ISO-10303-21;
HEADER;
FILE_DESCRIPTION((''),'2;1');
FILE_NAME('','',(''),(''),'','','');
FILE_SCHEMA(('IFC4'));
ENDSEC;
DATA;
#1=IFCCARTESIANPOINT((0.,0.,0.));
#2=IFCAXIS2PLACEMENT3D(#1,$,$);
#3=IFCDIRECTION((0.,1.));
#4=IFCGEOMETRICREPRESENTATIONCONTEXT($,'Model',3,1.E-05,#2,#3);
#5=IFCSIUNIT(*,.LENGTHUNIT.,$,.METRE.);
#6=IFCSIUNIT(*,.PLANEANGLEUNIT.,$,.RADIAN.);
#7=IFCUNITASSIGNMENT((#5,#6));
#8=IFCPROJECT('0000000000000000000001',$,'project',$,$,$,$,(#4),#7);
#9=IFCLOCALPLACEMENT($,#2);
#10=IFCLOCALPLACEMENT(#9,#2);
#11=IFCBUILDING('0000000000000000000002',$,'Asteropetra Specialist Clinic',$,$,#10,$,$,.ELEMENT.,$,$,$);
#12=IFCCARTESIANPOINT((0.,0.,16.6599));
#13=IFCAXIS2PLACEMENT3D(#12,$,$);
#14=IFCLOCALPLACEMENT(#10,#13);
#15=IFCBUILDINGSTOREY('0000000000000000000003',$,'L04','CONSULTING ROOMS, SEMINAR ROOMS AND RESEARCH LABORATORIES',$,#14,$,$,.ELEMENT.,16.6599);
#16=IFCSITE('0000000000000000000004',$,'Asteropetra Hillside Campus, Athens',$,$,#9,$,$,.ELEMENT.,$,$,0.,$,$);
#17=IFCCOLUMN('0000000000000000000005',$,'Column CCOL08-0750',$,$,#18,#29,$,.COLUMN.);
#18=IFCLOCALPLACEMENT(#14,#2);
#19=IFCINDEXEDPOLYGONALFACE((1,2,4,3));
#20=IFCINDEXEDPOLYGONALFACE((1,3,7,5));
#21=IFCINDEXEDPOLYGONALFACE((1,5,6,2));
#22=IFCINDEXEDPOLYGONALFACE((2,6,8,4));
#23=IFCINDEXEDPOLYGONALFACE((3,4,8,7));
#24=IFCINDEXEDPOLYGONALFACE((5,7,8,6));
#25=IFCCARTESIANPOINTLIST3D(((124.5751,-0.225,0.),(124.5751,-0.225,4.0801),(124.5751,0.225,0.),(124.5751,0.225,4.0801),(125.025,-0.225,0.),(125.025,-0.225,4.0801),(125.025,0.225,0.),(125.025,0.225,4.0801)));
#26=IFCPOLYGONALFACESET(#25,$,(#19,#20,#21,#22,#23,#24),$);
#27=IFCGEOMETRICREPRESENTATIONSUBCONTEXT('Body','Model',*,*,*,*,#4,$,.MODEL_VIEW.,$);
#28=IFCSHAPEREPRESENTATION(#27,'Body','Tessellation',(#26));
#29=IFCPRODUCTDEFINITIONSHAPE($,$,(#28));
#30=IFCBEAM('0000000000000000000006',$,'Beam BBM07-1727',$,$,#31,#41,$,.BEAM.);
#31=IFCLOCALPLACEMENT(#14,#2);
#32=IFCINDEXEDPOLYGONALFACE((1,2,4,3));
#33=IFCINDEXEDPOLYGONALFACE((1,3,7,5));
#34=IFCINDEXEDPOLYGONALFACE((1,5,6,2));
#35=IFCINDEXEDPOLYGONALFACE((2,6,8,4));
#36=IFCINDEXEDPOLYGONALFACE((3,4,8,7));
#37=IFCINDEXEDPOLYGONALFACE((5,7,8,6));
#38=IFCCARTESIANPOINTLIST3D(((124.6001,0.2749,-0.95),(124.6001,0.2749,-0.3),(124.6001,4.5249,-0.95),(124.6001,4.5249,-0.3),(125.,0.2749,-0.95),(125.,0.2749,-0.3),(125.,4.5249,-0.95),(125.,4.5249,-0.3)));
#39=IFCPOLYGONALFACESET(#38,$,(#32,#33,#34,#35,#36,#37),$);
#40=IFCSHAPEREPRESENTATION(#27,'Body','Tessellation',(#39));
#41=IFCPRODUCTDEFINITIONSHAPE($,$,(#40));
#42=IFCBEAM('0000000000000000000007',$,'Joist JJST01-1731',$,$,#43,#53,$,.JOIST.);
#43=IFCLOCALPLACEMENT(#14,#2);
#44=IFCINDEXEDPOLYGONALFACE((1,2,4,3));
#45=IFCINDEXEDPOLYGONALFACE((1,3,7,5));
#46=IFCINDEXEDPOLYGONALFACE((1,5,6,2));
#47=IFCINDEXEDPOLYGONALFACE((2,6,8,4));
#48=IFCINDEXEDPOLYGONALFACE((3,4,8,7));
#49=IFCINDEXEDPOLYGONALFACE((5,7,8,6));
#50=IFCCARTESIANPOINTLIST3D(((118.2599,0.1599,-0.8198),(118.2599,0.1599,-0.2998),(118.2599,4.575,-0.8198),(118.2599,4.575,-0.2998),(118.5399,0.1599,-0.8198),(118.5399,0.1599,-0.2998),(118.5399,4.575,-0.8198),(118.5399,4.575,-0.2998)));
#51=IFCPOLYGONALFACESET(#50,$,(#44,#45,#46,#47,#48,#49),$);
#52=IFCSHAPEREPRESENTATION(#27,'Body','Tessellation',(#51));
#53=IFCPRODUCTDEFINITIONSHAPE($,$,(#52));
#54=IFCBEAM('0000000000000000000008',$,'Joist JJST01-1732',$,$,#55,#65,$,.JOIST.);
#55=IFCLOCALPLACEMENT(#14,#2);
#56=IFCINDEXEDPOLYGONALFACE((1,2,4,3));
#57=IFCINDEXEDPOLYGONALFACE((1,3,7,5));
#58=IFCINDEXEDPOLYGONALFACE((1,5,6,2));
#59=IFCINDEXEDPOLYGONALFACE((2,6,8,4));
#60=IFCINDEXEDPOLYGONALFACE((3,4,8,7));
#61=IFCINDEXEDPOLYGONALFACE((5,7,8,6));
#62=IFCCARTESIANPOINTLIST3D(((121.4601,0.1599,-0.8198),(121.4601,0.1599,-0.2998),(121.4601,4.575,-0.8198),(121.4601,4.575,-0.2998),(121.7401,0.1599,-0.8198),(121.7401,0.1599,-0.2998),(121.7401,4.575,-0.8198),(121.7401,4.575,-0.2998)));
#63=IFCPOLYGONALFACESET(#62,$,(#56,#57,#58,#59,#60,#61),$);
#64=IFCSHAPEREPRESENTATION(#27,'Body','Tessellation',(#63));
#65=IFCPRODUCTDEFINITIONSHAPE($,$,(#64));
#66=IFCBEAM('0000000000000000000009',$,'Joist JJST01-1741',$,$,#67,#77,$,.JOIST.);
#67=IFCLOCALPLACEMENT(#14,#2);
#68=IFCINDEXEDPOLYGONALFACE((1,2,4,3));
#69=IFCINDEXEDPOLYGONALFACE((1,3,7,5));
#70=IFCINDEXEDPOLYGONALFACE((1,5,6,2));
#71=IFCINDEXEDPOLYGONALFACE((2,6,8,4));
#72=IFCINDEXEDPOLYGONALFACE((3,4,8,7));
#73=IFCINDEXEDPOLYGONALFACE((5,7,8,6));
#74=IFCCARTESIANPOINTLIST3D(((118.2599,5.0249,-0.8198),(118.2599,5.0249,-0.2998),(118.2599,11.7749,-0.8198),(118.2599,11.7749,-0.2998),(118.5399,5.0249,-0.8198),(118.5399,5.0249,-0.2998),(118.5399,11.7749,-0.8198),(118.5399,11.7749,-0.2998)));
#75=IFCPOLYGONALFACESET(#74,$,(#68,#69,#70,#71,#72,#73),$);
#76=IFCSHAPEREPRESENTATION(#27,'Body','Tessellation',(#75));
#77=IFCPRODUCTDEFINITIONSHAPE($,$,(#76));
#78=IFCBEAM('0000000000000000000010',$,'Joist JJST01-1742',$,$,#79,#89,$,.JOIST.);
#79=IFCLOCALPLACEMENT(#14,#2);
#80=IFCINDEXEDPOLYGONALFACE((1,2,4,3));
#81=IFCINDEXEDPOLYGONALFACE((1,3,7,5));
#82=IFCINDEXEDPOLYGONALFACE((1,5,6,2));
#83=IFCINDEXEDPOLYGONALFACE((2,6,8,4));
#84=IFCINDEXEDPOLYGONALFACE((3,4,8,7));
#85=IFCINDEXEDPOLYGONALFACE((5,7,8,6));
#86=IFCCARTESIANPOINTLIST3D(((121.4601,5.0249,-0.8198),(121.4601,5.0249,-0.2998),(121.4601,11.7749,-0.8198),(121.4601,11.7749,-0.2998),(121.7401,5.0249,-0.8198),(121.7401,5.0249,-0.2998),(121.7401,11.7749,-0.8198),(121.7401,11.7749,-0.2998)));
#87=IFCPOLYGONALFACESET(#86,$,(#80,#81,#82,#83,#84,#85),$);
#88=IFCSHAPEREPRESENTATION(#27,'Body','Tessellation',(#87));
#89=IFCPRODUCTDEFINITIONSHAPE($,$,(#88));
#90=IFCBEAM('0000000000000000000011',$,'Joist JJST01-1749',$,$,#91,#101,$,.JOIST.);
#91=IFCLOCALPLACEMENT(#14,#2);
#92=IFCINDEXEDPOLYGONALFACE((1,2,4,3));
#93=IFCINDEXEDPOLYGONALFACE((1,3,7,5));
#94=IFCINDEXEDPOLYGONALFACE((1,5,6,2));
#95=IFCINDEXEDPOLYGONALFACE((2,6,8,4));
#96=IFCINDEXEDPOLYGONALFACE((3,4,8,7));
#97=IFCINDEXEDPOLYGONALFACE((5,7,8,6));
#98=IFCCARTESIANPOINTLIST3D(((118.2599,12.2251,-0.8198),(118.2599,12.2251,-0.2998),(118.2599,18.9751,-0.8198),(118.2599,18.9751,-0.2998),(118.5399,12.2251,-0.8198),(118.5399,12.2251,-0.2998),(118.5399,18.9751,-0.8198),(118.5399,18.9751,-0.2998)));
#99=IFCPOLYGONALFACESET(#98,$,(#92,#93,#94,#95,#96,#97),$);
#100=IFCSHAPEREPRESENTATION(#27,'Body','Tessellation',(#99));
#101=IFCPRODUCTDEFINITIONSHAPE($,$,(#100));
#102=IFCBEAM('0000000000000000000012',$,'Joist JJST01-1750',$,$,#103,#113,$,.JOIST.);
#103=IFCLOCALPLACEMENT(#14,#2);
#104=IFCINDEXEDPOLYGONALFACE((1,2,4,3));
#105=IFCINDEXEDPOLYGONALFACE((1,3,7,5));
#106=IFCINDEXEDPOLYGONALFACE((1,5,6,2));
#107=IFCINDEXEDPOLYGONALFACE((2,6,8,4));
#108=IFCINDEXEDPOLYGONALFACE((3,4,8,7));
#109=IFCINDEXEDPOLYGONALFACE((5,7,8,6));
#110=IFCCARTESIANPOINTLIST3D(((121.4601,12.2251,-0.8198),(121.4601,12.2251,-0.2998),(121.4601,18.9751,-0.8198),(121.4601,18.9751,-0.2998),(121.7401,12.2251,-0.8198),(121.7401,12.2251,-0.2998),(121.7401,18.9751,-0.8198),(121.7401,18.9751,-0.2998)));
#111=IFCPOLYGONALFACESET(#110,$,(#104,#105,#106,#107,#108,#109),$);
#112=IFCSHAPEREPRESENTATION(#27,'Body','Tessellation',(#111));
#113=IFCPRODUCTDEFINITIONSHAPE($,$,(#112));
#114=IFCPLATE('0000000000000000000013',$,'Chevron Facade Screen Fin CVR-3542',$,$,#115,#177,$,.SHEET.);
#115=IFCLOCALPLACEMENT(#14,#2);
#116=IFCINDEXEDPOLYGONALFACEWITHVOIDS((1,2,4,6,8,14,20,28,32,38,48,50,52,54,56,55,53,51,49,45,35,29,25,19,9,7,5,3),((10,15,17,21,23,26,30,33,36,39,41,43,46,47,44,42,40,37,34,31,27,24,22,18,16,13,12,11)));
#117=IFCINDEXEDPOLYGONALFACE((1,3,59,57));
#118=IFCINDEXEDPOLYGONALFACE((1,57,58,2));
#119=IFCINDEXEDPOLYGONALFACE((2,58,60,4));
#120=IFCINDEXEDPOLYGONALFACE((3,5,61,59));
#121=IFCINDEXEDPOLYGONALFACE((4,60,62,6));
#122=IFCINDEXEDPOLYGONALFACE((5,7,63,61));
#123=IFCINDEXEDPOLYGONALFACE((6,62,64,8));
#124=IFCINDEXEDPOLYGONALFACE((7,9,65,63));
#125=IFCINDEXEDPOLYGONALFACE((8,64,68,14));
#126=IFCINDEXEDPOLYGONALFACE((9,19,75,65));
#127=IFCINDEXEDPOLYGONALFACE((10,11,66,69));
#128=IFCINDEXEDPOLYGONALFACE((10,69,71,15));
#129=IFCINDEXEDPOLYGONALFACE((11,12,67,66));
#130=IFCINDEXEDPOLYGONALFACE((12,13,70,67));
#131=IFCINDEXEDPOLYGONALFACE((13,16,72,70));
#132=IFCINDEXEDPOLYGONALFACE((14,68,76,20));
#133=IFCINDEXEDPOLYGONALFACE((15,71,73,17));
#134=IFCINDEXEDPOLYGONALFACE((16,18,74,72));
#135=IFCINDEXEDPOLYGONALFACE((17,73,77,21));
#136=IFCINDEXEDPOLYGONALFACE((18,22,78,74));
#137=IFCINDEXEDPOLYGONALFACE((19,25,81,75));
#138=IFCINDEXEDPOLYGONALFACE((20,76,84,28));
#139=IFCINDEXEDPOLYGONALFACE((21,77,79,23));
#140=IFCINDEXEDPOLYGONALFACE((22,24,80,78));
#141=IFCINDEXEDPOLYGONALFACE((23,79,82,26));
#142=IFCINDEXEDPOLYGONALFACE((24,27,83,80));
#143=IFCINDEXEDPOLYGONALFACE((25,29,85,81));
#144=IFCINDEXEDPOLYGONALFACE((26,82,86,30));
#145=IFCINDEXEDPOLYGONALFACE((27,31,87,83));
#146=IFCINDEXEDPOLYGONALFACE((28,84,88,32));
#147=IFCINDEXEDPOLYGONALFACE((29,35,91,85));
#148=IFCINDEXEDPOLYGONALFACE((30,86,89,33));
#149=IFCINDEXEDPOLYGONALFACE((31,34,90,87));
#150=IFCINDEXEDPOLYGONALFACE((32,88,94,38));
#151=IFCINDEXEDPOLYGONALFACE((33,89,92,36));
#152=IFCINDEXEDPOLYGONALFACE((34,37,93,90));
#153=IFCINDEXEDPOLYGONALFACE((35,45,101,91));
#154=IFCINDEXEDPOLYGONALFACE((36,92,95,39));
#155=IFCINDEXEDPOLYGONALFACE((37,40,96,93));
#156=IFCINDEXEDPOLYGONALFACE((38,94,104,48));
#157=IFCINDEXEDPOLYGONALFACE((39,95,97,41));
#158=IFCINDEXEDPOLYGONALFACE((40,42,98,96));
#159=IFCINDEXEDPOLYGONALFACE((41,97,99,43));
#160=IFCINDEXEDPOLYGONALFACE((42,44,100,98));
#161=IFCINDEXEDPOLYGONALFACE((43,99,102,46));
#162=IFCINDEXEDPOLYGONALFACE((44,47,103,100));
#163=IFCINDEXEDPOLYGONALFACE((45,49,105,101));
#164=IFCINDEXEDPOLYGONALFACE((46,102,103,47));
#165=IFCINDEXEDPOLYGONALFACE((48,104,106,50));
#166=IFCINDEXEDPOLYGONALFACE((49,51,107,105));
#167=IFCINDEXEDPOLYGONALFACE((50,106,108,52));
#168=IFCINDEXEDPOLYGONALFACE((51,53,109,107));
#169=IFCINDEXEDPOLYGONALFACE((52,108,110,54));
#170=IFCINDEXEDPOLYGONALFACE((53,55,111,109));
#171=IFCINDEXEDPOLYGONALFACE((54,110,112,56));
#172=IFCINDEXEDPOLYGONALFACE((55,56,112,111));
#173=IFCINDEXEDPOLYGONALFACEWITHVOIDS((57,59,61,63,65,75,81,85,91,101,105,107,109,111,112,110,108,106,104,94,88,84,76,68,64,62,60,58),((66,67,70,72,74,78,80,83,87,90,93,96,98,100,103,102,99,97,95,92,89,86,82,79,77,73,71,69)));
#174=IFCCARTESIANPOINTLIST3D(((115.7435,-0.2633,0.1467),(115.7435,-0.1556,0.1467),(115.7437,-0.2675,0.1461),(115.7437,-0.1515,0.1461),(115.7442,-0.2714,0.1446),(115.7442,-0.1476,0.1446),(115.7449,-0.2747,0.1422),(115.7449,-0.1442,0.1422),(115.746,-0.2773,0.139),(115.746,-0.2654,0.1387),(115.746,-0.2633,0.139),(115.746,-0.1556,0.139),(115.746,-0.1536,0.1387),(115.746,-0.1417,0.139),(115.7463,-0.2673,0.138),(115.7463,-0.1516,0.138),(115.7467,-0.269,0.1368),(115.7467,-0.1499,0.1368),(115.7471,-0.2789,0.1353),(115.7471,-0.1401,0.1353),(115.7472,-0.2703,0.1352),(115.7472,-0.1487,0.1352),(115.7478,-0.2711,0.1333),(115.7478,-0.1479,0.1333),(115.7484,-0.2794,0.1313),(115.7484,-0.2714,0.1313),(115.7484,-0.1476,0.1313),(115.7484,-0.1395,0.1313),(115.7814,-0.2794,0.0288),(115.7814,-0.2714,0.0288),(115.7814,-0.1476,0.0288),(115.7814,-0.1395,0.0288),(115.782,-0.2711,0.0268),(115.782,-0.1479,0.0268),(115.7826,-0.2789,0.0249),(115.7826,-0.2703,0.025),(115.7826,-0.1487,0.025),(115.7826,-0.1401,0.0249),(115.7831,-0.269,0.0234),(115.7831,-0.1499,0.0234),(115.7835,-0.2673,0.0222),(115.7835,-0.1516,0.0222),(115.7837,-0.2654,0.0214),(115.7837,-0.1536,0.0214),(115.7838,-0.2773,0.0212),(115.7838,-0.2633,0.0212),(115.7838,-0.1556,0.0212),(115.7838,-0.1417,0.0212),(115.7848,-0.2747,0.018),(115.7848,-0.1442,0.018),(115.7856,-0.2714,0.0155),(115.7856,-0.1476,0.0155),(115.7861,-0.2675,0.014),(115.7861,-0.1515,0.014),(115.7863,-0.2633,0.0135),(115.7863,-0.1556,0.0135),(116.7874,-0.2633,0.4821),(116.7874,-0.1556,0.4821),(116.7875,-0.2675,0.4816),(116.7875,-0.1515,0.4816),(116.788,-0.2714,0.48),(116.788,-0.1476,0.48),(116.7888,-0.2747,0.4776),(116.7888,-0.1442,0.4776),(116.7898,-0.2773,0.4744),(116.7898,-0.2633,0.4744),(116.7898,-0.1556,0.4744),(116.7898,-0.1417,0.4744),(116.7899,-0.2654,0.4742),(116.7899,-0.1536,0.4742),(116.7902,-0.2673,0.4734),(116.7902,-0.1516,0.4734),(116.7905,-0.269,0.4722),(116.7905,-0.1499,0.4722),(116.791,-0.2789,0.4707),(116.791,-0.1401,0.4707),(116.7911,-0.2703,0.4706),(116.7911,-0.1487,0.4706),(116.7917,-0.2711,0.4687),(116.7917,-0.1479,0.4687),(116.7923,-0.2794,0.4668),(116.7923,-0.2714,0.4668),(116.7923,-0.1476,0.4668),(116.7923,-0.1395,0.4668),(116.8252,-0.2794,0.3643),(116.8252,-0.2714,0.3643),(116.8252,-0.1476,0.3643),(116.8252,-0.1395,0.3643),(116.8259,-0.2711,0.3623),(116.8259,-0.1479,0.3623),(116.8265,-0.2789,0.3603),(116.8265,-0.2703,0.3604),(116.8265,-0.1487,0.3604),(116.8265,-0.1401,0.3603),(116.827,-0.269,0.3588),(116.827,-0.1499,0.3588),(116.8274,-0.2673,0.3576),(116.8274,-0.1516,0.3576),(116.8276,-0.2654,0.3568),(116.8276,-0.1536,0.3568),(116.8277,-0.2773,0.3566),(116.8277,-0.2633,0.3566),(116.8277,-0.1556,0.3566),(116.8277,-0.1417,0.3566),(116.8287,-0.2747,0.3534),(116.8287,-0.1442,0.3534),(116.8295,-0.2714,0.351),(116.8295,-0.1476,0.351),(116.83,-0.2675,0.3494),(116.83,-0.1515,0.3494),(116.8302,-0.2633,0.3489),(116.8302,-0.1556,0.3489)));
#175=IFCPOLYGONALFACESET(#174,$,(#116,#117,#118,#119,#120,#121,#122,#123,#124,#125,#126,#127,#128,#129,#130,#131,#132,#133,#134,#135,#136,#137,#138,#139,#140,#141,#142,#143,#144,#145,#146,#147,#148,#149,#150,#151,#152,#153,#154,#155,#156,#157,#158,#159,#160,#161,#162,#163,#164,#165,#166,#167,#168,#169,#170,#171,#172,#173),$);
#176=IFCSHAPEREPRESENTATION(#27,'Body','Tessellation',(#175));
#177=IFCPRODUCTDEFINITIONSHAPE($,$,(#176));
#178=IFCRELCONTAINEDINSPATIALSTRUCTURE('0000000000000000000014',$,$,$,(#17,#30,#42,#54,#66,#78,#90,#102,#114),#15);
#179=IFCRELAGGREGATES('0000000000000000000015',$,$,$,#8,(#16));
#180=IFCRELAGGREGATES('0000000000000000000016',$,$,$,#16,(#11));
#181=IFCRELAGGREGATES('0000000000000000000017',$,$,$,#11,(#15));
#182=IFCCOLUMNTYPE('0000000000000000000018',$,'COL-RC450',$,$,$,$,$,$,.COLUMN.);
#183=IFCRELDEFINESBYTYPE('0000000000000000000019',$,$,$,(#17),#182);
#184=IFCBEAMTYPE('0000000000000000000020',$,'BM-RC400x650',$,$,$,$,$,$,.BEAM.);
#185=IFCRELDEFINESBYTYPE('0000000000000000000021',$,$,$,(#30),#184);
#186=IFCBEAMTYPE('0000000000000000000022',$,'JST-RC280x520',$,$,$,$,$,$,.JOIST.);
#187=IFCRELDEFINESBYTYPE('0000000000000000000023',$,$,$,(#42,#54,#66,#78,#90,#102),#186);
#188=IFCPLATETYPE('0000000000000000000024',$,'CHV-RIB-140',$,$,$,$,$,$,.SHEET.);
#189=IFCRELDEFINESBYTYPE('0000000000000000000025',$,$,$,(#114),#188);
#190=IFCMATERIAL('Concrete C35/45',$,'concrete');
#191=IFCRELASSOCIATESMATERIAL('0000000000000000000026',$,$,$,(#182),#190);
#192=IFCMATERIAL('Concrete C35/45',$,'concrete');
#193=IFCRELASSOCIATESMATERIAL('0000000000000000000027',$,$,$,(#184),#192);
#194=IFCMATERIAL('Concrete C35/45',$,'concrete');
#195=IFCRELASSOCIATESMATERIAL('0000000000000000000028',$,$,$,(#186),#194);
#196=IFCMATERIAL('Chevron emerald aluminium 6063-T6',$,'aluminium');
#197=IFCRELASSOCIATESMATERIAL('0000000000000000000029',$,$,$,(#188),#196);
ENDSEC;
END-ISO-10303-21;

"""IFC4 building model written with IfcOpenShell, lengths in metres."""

from ifc_helpers import new_model, si_unit, direction, frame, origin, origin_2d, place, context, subcontext, project, spatial, rectangle, hollow_rectangle, extrude, material, material_profile, profile_set, type_object, element, save


model = new_model("IFC4")

# Units and contexts
model_context = context("Model", 3, precision=1e-05, world=origin(), true_north=direction((0.0, 1.0)))
body_context = subcontext(model_context, "Body", "Model", "MODEL_VIEW")
ifc_project = project(units=[si_unit("LENGTHUNIT", "METRE"), si_unit("PLANEANGLEUNIT", "RADIAN")], contexts=[model_context])

# Site, building, storey
site_placement = place(None, origin())
site = spatial("IfcSite", under=ifc_project, at=site_placement, Name="Asteropetra Hillside Campus, Athens", CompositionType="ELEMENT", RefElevation=0.0)
building_placement = place(site_placement, origin())
building = spatial("IfcBuilding", under=site, at=building_placement, Name="Asteropetra Specialist Clinic", CompositionType="ELEMENT")
storey_placement = place(building_placement, frame((0.0, 0.0, 16.6599)))
storey = spatial("IfcBuildingStorey", under=building, at=storey_placement, Name="L04", Description="CONSULTING ROOMS, SEMINAR ROOMS AND RESEARCH LABORATORIES", CompositionType="ELEMENT", Elevation=16.6599)

# Column
ifc_material_1 = material(Name="Concrete C35/45", Category="concrete")
ifc_material_profile_1 = material_profile(ifc_material_1, rectangle(XDim=0.45, YDim=0.45, at=origin_2d()), Name="RC 450x450")
ifc_profile_set_1 = profile_set([ifc_material_profile_1], Name="Concrete C35/45")
column_type = type_object("IfcColumnType", Name="COL-RC450", PredefinedType="COLUMN", material=ifc_profile_set_1)
column_placement = place(storey_placement, frame((124.8, 0.0, 0.0), z_axis=(0.0, 0.0, 1.0), x_axis=(1.0, 0.0, 0.0)))
element("IfcColumn", 1, at=column_placement, inside=storey, type_object=column_type, Name="Column CCOL08-0750", PredefinedType="COLUMN", context=body_context, shape_type="SweptSolid", body=[
    extrude(rectangle(XDim=0.45, YDim=0.45, at=origin_2d()), origin(), (0.0, 0.0, 1.0), 4.0801),
])

# Beams
ifc_material_2 = material(Name="Concrete C35/45", Category="concrete")
ifc_material_profile_2 = material_profile(ifc_material_2, rectangle(XDim=0.3999, YDim=0.6499, at=origin_2d()), Name="RCB 400x650")
ifc_profile_set_2 = profile_set([ifc_material_profile_2], Name="Concrete C35/45")
beam_type_1 = type_object("IfcBeamType", Name="BM-RC400x650", PredefinedType="BEAM", material=ifc_profile_set_2)
beam_placement = place(storey_placement, frame((124.8, 0.2749, -0.625), z_axis=(0.0, 1.0, 0.0), x_axis=(-1.0, 0.0, 0.0)))
element("IfcBeam", 2, at=beam_placement, inside=storey, type_object=beam_type_1, Name="Beam BBM07-1727", PredefinedType="BEAM", context=body_context, shape_type="SweptSolid", body=[
    extrude(rectangle(XDim=0.3999, YDim=0.6499, at=origin_2d()), origin(), (0.0, 0.0, 1.0), 4.25),
])
ifc_material_3 = material(Name="Concrete C35/45", Category="concrete")
ifc_material_profile_3 = material_profile(ifc_material_3, rectangle(XDim=0.28, YDim=0.52, at=origin_2d()), Name="RCJ 280x520")
ifc_profile_set_3 = profile_set([ifc_material_profile_3], Name="Concrete C35/45")
beam_type_2 = type_object("IfcBeamType", Name="JST-RC280x520", PredefinedType="JOIST", material=ifc_profile_set_3)
for number, where, z_axis, x_axis, name in (
    (3, (118.3999, 0.1599, -0.5598), (0.0, 1.0, 0.0), (-1.0, 0.0, 0.0), "Joist JJST01-1731"),
    (4, (121.6001, 0.1599, -0.5598), (0.0, 1.0, 0.0), (-1.0, 0.0, 0.0), "Joist JJST01-1732"),
):
    element("IfcBeam", number, at=place(storey_placement, frame(where, z_axis=z_axis, x_axis=x_axis)), inside=storey, type_object=beam_type_2, Name=name, PredefinedType="JOIST", context=body_context, shape_type="SweptSolid", body=[
        extrude(rectangle(XDim=0.28, YDim=0.52, at=origin_2d()), origin(), (0.0, 0.0, 1.0), 4.415),
    ])
for number, where, z_axis, x_axis, name in (
    (5, (118.3999, 5.0249, -0.5598), (0.0, 1.0, 0.0), (-1.0, 0.0, 0.0), "Joist JJST01-1741"),
    (6, (121.6001, 5.0249, -0.5598), (0.0, 1.0, 0.0), (-1.0, 0.0, 0.0), "Joist JJST01-1742"),
    (7, (118.3999, 12.2251, -0.5598), (0.0, 1.0, 0.0), (-1.0, 0.0, 0.0), "Joist JJST01-1749"),
    (8, (121.6001, 12.2251, -0.5598), (0.0, 1.0, 0.0), (-1.0, 0.0, 0.0), "Joist JJST01-1750"),
):
    element("IfcBeam", number, at=place(storey_placement, frame(where, z_axis=z_axis, x_axis=x_axis)), inside=storey, type_object=beam_type_2, Name=name, PredefinedType="JOIST", context=body_context, shape_type="SweptSolid", body=[
        extrude(rectangle(XDim=0.28, YDim=0.52, at=origin_2d()), origin(), (0.0, 0.0, 1.0), 6.75),
    ])

# Plate
ifc_material_4 = material(Name="Chevron emerald aluminium 6063-T6", Category="aluminium")
ifc_material_profile_4 = material_profile(ifc_material_4, hollow_rectangle(XDim=0.1399, YDim=0.1399, WallThickness=0.0081, InnerFilletRadius=0.0081, OuterFilletRadius=0.0161, at=origin_2d()), Name="SHS 140x140x8.0")
ifc_profile_set_4 = profile_set([ifc_material_profile_4], Name="Chevron emerald aluminium 6063-T6")
plate_type = type_object("IfcPlateType", Name="CHV-RIB-140", PredefinedType="SHEET", material=ifc_profile_set_4)
plate_placement = place(storey_placement, frame((115.7649, -0.2095, 0.0801), z_axis=(0.952056, 0.0, 0.305923), x_axis=(0.0, 1.0, 0.0)))
element("IfcPlate", 9, at=plate_placement, inside=storey, type_object=plate_type, Name="Chevron Facade Screen Fin CVR-3542", PredefinedType="SHEET", context=body_context, shape_type="SweptSolid", body=[
    extrude(hollow_rectangle(XDim=0.1399, YDim=0.1399, WallThickness=0.0081, InnerFilletRadius=0.0081, OuterFilletRadius=0.0161, at=origin_2d()), origin(), (0.0, 0.0, 1.0), 1.0964),
])

save(model, "model.ifc")
